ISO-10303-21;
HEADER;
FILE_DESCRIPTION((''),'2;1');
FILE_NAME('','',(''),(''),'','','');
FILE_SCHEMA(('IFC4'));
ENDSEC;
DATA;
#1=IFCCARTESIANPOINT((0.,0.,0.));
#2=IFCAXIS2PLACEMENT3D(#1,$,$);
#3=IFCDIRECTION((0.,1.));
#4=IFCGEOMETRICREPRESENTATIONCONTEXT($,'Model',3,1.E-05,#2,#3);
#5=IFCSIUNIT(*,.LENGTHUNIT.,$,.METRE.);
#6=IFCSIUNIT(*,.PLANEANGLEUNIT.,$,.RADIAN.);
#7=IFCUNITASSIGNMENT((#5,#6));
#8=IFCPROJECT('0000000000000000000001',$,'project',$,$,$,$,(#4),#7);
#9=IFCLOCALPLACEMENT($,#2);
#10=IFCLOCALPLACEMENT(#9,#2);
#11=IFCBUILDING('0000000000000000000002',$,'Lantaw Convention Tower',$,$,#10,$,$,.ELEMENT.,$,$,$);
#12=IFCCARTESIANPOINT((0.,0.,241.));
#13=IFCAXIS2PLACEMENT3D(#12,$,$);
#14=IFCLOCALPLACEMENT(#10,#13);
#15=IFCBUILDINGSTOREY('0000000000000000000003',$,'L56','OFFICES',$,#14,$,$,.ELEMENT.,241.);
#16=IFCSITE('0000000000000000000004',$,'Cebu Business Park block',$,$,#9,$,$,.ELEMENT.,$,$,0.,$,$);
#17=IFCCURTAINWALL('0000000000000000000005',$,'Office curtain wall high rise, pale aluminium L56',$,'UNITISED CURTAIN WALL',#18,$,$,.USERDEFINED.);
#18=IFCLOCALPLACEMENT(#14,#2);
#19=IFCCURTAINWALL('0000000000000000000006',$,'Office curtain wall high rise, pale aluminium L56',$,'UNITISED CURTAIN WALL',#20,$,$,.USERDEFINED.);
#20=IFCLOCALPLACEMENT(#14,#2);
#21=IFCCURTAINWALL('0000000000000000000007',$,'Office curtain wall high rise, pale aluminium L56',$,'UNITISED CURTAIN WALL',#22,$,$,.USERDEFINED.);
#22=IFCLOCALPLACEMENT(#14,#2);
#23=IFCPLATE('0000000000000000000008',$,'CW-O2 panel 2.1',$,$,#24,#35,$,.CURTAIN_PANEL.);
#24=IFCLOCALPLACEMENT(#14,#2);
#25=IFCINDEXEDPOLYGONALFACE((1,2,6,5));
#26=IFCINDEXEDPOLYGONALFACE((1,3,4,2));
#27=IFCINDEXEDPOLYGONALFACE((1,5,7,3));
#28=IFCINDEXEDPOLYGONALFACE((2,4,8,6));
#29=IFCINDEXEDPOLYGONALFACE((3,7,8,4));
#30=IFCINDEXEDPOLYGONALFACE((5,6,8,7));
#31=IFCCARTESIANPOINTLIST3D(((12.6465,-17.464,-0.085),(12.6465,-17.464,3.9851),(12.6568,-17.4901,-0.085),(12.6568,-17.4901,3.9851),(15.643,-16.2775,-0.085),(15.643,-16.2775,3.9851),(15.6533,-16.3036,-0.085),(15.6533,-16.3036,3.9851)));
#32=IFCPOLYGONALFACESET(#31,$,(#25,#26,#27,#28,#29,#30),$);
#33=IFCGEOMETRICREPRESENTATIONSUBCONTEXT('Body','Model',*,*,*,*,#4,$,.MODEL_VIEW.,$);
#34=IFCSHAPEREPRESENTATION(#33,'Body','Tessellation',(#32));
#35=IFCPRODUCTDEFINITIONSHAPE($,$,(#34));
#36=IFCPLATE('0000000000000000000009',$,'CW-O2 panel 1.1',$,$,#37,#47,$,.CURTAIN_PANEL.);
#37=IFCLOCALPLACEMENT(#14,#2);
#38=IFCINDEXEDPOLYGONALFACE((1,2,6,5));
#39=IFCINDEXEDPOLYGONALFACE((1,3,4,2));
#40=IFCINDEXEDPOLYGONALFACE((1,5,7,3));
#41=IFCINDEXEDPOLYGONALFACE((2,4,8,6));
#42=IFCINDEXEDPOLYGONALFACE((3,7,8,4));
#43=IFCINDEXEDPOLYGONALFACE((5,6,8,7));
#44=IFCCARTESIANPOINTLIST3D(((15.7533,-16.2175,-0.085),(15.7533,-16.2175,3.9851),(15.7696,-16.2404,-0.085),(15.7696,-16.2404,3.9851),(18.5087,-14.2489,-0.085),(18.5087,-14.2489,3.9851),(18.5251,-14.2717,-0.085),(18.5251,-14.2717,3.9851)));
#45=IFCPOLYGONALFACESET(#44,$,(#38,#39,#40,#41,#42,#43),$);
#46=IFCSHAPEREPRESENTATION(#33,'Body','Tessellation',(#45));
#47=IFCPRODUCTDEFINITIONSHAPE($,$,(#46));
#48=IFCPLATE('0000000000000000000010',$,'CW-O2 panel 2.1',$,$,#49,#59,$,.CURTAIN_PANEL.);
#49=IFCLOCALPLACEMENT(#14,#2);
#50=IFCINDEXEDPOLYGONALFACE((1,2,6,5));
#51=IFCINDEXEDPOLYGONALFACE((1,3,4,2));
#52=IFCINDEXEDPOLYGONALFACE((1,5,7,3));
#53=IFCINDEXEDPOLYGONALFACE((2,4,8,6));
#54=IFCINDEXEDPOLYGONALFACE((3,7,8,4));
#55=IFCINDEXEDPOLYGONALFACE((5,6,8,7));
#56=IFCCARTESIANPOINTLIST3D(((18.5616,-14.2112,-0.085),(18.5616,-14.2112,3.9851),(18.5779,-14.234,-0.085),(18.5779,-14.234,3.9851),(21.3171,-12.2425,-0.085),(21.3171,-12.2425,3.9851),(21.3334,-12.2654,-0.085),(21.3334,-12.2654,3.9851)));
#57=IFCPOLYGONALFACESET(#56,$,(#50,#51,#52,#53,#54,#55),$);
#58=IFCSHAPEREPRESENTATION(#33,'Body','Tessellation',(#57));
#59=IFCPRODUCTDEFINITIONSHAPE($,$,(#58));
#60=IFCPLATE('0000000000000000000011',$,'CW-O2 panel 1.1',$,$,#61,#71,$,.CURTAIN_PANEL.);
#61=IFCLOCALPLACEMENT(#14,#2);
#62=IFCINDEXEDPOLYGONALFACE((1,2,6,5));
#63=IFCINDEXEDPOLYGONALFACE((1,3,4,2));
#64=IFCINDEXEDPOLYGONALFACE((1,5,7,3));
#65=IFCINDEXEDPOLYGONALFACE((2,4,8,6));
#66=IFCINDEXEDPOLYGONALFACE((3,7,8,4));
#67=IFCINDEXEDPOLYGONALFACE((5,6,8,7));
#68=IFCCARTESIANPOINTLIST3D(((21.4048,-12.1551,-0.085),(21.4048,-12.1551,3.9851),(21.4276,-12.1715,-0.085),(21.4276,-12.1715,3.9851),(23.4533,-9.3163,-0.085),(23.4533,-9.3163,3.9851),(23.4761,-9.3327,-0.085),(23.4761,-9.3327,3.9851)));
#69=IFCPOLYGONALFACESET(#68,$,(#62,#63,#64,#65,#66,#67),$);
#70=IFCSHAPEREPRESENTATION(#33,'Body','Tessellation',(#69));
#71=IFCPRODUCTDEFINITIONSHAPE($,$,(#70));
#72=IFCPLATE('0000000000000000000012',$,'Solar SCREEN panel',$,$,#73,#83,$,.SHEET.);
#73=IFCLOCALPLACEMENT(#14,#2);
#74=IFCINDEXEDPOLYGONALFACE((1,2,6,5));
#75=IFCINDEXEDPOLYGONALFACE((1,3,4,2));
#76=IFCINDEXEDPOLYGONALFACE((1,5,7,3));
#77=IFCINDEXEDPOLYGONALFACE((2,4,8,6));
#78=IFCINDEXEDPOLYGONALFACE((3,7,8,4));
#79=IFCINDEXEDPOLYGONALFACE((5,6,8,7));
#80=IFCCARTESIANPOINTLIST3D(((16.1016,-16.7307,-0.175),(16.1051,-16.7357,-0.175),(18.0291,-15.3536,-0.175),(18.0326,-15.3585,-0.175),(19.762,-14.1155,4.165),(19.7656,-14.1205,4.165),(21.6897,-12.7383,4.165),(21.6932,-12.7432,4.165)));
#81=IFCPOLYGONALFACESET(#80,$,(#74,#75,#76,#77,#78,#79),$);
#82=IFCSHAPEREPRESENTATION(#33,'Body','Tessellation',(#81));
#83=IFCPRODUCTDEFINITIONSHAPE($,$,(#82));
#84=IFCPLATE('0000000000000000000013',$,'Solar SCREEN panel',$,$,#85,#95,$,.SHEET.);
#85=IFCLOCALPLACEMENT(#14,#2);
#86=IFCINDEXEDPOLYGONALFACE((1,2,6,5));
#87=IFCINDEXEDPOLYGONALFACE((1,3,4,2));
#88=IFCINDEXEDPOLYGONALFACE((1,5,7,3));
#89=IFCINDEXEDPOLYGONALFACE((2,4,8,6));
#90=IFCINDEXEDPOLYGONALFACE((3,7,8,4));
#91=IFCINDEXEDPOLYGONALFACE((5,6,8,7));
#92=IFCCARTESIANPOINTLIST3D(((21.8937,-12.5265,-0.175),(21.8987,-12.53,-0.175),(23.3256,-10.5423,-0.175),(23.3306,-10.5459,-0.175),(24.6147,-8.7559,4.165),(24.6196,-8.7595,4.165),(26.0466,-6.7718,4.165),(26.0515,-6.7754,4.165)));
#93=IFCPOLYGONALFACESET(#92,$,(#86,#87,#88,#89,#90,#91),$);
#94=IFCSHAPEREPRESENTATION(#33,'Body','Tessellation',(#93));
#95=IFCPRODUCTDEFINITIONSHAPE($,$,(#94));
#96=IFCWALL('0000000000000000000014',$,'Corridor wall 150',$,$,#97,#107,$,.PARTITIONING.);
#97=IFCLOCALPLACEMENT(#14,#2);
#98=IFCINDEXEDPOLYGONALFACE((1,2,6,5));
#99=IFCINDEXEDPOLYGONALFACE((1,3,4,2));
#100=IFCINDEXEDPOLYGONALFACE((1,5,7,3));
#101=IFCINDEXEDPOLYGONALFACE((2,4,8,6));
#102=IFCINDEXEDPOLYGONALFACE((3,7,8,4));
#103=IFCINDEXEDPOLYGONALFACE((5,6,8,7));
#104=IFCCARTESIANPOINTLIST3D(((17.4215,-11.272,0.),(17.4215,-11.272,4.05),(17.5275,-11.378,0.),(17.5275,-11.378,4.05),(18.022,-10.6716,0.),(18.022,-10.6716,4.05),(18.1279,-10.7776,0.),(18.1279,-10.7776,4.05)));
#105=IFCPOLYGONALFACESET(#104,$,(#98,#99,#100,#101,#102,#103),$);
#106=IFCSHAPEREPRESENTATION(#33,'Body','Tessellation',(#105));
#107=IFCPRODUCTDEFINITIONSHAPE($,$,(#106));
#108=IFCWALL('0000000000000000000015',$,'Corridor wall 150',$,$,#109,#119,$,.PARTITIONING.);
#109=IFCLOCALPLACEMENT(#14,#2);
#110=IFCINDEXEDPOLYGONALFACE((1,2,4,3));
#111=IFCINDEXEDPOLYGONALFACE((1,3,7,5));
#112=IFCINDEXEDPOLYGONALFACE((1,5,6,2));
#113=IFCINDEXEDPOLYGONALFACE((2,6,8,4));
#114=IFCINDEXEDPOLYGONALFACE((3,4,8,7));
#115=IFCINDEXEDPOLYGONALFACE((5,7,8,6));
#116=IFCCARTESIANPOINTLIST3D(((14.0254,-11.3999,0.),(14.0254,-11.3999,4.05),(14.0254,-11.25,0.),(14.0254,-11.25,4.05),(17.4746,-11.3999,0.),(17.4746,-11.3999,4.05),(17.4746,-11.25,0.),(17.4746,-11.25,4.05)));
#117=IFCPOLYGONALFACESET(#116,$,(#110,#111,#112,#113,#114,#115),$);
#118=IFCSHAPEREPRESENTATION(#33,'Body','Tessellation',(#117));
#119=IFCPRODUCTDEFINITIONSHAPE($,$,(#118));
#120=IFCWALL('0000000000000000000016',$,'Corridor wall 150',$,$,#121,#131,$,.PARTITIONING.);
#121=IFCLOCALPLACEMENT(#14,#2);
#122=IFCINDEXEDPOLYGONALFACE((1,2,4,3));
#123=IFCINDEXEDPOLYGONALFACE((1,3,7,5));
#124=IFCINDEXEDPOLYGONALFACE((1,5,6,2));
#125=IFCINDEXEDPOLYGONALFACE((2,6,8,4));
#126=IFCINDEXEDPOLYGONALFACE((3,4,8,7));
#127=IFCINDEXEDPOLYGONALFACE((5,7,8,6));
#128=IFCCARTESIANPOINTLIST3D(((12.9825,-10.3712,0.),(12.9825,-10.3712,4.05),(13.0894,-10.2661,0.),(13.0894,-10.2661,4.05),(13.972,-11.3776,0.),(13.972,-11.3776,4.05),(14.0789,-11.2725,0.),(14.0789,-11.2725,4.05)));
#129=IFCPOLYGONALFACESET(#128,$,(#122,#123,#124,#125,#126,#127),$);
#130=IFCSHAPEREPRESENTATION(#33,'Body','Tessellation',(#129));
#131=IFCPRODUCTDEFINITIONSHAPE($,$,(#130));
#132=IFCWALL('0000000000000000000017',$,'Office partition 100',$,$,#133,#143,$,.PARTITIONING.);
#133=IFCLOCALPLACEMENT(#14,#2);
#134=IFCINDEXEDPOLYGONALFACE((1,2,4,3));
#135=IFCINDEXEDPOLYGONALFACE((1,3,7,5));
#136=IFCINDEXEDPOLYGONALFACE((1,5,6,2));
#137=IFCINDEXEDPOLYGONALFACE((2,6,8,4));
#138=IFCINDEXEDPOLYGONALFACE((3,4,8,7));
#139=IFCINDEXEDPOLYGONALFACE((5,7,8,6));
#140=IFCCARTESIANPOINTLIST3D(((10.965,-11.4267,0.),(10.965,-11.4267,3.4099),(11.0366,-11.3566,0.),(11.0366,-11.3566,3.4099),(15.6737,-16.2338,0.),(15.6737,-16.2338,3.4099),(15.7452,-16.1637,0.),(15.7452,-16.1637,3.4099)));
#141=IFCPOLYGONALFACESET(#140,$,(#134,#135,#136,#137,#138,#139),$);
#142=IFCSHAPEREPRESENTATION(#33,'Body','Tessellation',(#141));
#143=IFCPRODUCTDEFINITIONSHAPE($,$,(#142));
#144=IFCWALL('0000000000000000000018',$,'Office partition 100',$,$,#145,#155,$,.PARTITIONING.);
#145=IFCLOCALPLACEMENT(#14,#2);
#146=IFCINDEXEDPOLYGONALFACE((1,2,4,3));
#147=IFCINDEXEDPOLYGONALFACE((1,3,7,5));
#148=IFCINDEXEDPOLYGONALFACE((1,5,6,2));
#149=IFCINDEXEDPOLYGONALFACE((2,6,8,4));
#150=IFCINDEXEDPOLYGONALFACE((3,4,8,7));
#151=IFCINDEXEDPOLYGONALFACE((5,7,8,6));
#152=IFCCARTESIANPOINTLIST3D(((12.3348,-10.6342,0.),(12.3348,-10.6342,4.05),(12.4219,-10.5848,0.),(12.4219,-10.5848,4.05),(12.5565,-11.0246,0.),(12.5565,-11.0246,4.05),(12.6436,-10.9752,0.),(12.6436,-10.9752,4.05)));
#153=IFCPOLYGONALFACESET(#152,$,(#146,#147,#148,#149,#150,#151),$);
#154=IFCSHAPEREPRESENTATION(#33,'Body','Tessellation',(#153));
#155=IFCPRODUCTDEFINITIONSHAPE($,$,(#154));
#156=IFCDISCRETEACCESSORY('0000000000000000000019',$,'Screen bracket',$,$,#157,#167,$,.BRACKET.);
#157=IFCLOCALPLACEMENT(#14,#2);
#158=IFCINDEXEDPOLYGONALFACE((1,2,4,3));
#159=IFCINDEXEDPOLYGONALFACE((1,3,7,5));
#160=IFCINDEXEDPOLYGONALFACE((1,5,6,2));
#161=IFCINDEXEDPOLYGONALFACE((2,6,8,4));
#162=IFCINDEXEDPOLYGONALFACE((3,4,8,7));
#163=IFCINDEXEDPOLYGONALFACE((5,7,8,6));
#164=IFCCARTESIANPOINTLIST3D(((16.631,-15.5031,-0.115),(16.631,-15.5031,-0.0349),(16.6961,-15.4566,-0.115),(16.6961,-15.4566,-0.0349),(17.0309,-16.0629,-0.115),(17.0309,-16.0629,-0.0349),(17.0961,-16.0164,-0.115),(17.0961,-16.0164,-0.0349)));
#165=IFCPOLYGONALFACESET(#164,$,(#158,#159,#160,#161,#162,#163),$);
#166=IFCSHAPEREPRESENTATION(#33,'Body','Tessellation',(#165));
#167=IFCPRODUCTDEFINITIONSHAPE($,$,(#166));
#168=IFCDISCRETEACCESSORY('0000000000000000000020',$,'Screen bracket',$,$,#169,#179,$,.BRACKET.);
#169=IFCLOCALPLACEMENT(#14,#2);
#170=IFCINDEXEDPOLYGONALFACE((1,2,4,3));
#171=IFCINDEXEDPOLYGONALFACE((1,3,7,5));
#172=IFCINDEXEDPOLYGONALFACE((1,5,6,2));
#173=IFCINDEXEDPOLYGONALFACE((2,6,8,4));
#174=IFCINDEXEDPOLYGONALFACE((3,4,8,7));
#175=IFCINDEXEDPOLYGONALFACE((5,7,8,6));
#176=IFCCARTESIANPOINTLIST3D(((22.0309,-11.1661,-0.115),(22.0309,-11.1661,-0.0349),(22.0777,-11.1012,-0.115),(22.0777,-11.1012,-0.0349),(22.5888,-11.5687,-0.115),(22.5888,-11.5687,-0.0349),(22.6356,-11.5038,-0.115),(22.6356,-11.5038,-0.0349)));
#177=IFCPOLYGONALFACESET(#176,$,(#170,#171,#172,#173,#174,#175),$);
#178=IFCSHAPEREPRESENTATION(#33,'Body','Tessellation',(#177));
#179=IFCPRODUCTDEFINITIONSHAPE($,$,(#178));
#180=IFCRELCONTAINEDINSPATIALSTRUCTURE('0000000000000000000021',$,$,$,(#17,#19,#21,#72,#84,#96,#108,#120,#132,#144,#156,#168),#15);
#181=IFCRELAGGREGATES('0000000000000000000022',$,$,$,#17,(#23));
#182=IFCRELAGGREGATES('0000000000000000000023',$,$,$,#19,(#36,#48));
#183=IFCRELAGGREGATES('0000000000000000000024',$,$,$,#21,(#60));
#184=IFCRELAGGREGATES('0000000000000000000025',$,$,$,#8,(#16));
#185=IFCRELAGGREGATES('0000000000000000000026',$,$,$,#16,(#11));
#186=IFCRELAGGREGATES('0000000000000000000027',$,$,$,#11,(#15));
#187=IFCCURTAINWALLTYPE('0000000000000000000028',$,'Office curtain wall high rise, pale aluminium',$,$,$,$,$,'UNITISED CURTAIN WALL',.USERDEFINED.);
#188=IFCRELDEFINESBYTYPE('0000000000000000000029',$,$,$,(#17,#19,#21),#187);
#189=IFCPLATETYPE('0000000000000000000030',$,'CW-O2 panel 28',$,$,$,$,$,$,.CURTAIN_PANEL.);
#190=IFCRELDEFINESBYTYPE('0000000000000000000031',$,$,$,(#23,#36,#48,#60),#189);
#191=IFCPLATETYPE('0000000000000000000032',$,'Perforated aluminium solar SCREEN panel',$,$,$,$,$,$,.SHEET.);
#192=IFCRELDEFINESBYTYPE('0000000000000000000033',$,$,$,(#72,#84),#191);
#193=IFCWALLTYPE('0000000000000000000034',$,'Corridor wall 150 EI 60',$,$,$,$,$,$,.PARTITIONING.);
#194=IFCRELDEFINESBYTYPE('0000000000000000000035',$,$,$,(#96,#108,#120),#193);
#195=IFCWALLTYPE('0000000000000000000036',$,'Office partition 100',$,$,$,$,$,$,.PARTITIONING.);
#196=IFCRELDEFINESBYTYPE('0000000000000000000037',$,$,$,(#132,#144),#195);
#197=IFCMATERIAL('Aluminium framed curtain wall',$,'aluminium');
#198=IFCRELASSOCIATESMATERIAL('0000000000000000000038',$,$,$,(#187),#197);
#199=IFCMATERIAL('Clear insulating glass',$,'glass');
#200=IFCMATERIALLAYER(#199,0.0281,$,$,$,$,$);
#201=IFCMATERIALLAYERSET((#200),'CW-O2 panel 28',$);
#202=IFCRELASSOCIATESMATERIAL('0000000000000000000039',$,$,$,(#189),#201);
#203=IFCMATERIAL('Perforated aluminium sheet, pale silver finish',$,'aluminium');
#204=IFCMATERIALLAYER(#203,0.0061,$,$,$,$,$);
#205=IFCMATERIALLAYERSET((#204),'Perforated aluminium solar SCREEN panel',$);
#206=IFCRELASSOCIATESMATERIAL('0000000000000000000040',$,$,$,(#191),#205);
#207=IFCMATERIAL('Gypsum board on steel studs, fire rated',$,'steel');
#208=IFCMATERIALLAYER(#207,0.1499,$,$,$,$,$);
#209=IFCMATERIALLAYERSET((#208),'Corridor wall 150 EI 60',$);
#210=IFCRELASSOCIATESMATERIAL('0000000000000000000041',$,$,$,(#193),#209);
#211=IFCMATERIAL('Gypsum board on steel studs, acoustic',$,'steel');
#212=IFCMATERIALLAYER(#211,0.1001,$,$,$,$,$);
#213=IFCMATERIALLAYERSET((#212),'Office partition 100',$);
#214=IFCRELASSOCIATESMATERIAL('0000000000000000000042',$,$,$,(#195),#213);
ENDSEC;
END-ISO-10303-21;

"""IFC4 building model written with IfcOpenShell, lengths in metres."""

from ifc_helpers import new_model, si_unit, direction, frame, frame_2d, origin, origin_2d, place, context, subcontext, project, spatial, polyline, rectangle, outline, extrude, material, layer, layer_set, type_object, element, aggregate, save


model = new_model("IFC4")

# Units and contexts
model_context = context("Model", 3, precision=1e-05, world=origin(), true_north=direction((0.0, 1.0)))
body_context = subcontext(model_context, "Body", "Model", "MODEL_VIEW")
ifc_project = project(units=[si_unit("LENGTHUNIT", "METRE"), si_unit("PLANEANGLEUNIT", "RADIAN")], contexts=[model_context])

# Site, building, storey
site_placement = place(None, origin())
site = spatial("IfcSite", under=ifc_project, at=site_placement, Name="Cebu Business Park block", CompositionType="ELEMENT", RefElevation=0.0)
building_placement = place(site_placement, origin())
building = spatial("IfcBuilding", under=site, at=building_placement, Name="Lantaw Convention Tower", CompositionType="ELEMENT")
storey_placement = place(building_placement, frame((0.0, 0.0, 241.0)))
storey = spatial("IfcBuildingStorey", under=building, at=storey_placement, Name="L56", Description="OFFICES", CompositionType="ELEMENT", Elevation=241.0)

# Curtain walls
ifc_material_1 = material(Name="Aluminium framed curtain wall", Category="aluminium")
curtain_wall_type = type_object("IfcCurtainWallType", Name="Office curtain wall high rise, pale aluminium", ElementType="UNITISED CURTAIN WALL", PredefinedType="USERDEFINED", material=ifc_material_1)
curtain_wall_1_placement = place(storey_placement, origin())
curtain_wall_1 = element("IfcCurtainWall", 1, at=curtain_wall_1_placement, inside=storey, type_object=curtain_wall_type, Name="Office curtain wall high rise, pale aluminium L56", ObjectType="UNITISED CURTAIN WALL", PredefinedType="USERDEFINED")
curtain_wall_2_placement = place(storey_placement, origin())
curtain_wall_2 = element("IfcCurtainWall", 2, at=curtain_wall_2_placement, inside=storey, type_object=curtain_wall_type, Name="Office curtain wall high rise, pale aluminium L56", ObjectType="UNITISED CURTAIN WALL", PredefinedType="USERDEFINED")
curtain_wall_3_placement = place(storey_placement, origin())
curtain_wall_3 = element("IfcCurtainWall", 3, at=curtain_wall_3_placement, inside=storey, type_object=curtain_wall_type, Name="Office curtain wall high rise, pale aluminium L56", ObjectType="UNITISED CURTAIN WALL", PredefinedType="USERDEFINED")

# Plates
ifc_material_2 = material(Name="Clear insulating glass", Category="glass")
ifc_layer_1 = layer(ifc_material_2, 0.0281)
ifc_layer_set_1 = layer_set([ifc_layer_1], Name="CW-O2 panel 28")
plate_type_1 = type_object("IfcPlateType", Name="CW-O2 panel 28", PredefinedType="CURTAIN_PANEL", material=ifc_layer_set_1)
plate_1_placement = place(storey_placement, frame((14.1499, -16.8838, -0.085), z_axis=(0.0, 0.0, 1.0), x_axis=(0.929762, 0.368162, 0.0)))
plate_1 = element("IfcPlate", 4, at=plate_1_placement, type_object=plate_type_1, Name="CW-O2 panel 2.1", PredefinedType="CURTAIN_PANEL", context=body_context, shape_type="SweptSolid", body=[
    extrude(rectangle(XDim=3.2229, YDim=0.0281, at=origin_2d()), origin(), (0.0, 0.0, 1.0), 4.0701),
])
aggregate(curtain_wall_1, [plate_1])
plate_2_placement = place(storey_placement, frame((17.1392, -15.2446, -0.085), z_axis=(0.0, 0.0, 1.0), x_axis=(0.813673, 0.581323, 0.0)))
plate_2 = element("IfcPlate", 5, at=plate_2_placement, type_object=plate_type_1, Name="CW-O2 panel 1.1", PredefinedType="CURTAIN_PANEL", context=body_context, shape_type="SweptSolid", body=[
    extrude(rectangle(XDim=3.3865, YDim=0.0281, at=origin_2d()), origin(), (0.0, 0.0, 1.0), 4.0701),
])
plate_3_placement = place(storey_placement, frame((19.9475, -13.2383, -0.085), z_axis=(0.0, 0.0, 1.0), x_axis=(0.813673, 0.581323, 0.0)))
plate_3 = element("IfcPlate", 6, at=plate_3_placement, type_object=plate_type_1, Name="CW-O2 panel 2.1", PredefinedType="CURTAIN_PANEL", context=body_context, shape_type="SweptSolid", body=[
    extrude(rectangle(XDim=3.3865, YDim=0.0281, at=origin_2d()), origin(), (0.0, 0.0, 1.0), 4.0701),
])
aggregate(curtain_wall_2, [plate_2, plate_3])
plate_4_placement = place(storey_placement, frame((22.4404, -10.7439, -0.085), z_axis=(0.0, 0.0, 1.0), x_axis=(0.585158, 0.81092, 0.0)))
plate_4 = element("IfcPlate", 7, at=plate_4_placement, type_object=plate_type_1, Name="CW-O2 panel 1.1", PredefinedType="CURTAIN_PANEL", context=body_context, shape_type="SweptSolid", body=[
    extrude(rectangle(XDim=3.5007, YDim=0.0281, at=origin_2d()), origin(), (0.0, 0.0, 1.0), 4.0701),
])
aggregate(curtain_wall_3, [plate_4])

# Plates
ifc_material_3 = material(Name="Perforated aluminium sheet, pale silver finish", Category="aluminium")
ifc_layer_2 = layer(ifc_material_3, 0.0061)
ifc_layer_set_2 = layer_set([ifc_layer_2], Name="Perforated aluminium solar SCREEN panel")
plate_type_2 = type_object("IfcPlateType", Name="Perforated aluminium solar SCREEN panel", PredefinedType="SHEET", material=ifc_layer_set_2)
plate_5_placement = place(storey_placement, frame((16.1016, -16.7307, -0.175), z_axis=(-0.581331, 0.813667, 0.00001), x_axis=(0.813667, 0.581331, 0.0)))
element("IfcPlate", 8, at=plate_5_placement, inside=storey, type_object=plate_type_2, Name="Solar SCREEN panel", PredefinedType="SHEET", context=body_context, shape_type="SweptSolid", body=[
    extrude(outline(polyline([(0.0, 0.0), (2.3689, 0.0), (6.8678, -4.3401), (4.4987, -4.3401), (0.0, 0.0)])), origin(), (0.0, 0.0, -1.0), 0.0061),
])
plate_6_placement = place(storey_placement, frame((21.8987, -12.53, -0.175), z_axis=(0.810892, -0.585195, 0.00002), x_axis=(0.585195, 0.810892, 0.0)))
element("IfcPlate", 9, at=plate_6_placement, inside=storey, type_object=plate_type_2, Name="Solar SCREEN panel", PredefinedType="SHEET", context=body_context, shape_type="SweptSolid", body=[
    extrude(outline(polyline([(0.0, 0.0), (2.4468, 0.0), (7.0966, 4.3401), (4.6498, 4.3401), (0.0, 0.0)])), origin(), (0.0, 0.0, -1.0), 0.0061),
])

# Walls
ifc_material_4 = material(Name="Gypsum board on steel studs, fire rated", Category="steel")
ifc_layer_3 = layer(ifc_material_4, 0.1499)
ifc_layer_set_3 = layer_set([ifc_layer_3], Name="Corridor wall 150 EI 60")
wall_type_1 = type_object("IfcWallType", Name="Corridor wall 150 EI 60", PredefinedType="PARTITIONING", material=ifc_layer_set_3)
wall_1_placement = place(storey_placement, frame((18.075, -10.7246, 0.0), z_axis=(0.0, 0.0, 1.0), x_axis=(-0.707107, -0.707107, 0.0)))
element("IfcWall", 10, at=wall_1_placement, inside=storey, type_object=wall_type_1, Name="Corridor wall 150", PredefinedType="PARTITIONING", context=body_context, shape_type="SweptSolid", body=[
    extrude(rectangle(XDim=0.8491, YDim=0.1499, at=frame_2d((0.4246, 0.0))), origin(), (0.0, 0.0, 1.0), 4.05),
])
wall_2_placement = place(storey_placement, frame((17.4746, -11.325, 0.0), z_axis=(0.0, 0.0, 1.0), x_axis=(-1.0, 0.0, 0.0)))
element("IfcWall", 11, at=wall_2_placement, inside=storey, type_object=wall_type_1, Name="Corridor wall 150", PredefinedType="PARTITIONING", context=body_context, shape_type="SweptSolid", body=[
    extrude(rectangle(XDim=3.4492, YDim=0.1499, at=frame_2d((1.7246, 0.0))), origin(), (0.0, 0.0, 1.0), 4.05),
])
wall_3_placement = place(storey_placement, frame((14.0254, -11.325, 0.0), z_axis=(0.0, 0.0, 1.0), x_axis=(-0.701114, 0.71305, 0.0)))
element("IfcWall", 12, at=wall_3_placement, inside=storey, type_object=wall_type_1, Name="Corridor wall 150", PredefinedType="PARTITIONING", context=body_context, shape_type="SweptSolid", body=[
    extrude(rectangle(XDim=1.4114, YDim=0.1499, at=frame_2d((0.7056, 0.0))), origin(), (0.0, 0.0, 1.0), 4.05),
])
ifc_material_5 = material(Name="Gypsum board on steel studs, acoustic", Category="steel")
ifc_layer_4 = layer(ifc_material_5, 0.1001)
ifc_layer_set_4 = layer_set([ifc_layer_4], Name="Office partition 100")
wall_type_2 = type_object("IfcWallType", Name="Office partition 100", PredefinedType="PARTITIONING", material=ifc_layer_set_4)
wall_4_placement = place(storey_placement, frame((15.7095, -16.1987, 0.0), z_axis=(0.0, 0.0, 1.0), x_axis=(-0.699758, 0.71438, 0.0)))
element("IfcWall", 13, at=wall_4_placement, inside=storey, type_object=wall_type_2, Name="Office partition 100", PredefinedType="PARTITIONING", context=body_context, shape_type="SweptSolid", body=[
    extrude(rectangle(XDim=6.729, YDim=0.1001, at=frame_2d((3.3645, 0.0))), origin(), (0.0, 0.0, 1.0), 3.4099),
])
wall_5_placement = place(storey_placement, frame((12.6001, -11.0, 0.0), z_axis=(0.0, 0.0, 1.0), x_axis=(-0.493794, 0.869579, 0.0)))
element("IfcWall", 14, at=wall_5_placement, inside=storey, type_object=wall_type_2, Name="Office partition 100", PredefinedType="PARTITIONING", context=body_context, shape_type="SweptSolid", body=[
    extrude(rectangle(XDim=0.449, YDim=0.1001, at=frame_2d((0.2246, 0.0))), origin(), (0.0, 0.0, 1.0), 4.05),
])

# Discrete accessories
for number, where, z_axis, x_axis, name in (
    (15, (16.8635, -15.7598, -0.115), (0.0, 0.0, 1.0), (0.813673, 0.581323, 0.0), "Screen bracket"),
    (16, (22.3333, -11.335, -0.115), (0.0, 0.0, 1.0), (0.585158, 0.81092, 0.0), "Screen bracket"),
):
    element("IfcDiscreteAccessory", number, at=place(storey_placement, frame(where, z_axis=z_axis, x_axis=x_axis)), inside=storey, Name=name, PredefinedType="BRACKET", context=body_context, shape_type="SweptSolid", body=[
        extrude(rectangle(XDim=0.0801, YDim=0.688, at=origin_2d()), origin(), (0.0, 0.0, 1.0), 0.0801),
    ])

save(model, "model.ifc")
